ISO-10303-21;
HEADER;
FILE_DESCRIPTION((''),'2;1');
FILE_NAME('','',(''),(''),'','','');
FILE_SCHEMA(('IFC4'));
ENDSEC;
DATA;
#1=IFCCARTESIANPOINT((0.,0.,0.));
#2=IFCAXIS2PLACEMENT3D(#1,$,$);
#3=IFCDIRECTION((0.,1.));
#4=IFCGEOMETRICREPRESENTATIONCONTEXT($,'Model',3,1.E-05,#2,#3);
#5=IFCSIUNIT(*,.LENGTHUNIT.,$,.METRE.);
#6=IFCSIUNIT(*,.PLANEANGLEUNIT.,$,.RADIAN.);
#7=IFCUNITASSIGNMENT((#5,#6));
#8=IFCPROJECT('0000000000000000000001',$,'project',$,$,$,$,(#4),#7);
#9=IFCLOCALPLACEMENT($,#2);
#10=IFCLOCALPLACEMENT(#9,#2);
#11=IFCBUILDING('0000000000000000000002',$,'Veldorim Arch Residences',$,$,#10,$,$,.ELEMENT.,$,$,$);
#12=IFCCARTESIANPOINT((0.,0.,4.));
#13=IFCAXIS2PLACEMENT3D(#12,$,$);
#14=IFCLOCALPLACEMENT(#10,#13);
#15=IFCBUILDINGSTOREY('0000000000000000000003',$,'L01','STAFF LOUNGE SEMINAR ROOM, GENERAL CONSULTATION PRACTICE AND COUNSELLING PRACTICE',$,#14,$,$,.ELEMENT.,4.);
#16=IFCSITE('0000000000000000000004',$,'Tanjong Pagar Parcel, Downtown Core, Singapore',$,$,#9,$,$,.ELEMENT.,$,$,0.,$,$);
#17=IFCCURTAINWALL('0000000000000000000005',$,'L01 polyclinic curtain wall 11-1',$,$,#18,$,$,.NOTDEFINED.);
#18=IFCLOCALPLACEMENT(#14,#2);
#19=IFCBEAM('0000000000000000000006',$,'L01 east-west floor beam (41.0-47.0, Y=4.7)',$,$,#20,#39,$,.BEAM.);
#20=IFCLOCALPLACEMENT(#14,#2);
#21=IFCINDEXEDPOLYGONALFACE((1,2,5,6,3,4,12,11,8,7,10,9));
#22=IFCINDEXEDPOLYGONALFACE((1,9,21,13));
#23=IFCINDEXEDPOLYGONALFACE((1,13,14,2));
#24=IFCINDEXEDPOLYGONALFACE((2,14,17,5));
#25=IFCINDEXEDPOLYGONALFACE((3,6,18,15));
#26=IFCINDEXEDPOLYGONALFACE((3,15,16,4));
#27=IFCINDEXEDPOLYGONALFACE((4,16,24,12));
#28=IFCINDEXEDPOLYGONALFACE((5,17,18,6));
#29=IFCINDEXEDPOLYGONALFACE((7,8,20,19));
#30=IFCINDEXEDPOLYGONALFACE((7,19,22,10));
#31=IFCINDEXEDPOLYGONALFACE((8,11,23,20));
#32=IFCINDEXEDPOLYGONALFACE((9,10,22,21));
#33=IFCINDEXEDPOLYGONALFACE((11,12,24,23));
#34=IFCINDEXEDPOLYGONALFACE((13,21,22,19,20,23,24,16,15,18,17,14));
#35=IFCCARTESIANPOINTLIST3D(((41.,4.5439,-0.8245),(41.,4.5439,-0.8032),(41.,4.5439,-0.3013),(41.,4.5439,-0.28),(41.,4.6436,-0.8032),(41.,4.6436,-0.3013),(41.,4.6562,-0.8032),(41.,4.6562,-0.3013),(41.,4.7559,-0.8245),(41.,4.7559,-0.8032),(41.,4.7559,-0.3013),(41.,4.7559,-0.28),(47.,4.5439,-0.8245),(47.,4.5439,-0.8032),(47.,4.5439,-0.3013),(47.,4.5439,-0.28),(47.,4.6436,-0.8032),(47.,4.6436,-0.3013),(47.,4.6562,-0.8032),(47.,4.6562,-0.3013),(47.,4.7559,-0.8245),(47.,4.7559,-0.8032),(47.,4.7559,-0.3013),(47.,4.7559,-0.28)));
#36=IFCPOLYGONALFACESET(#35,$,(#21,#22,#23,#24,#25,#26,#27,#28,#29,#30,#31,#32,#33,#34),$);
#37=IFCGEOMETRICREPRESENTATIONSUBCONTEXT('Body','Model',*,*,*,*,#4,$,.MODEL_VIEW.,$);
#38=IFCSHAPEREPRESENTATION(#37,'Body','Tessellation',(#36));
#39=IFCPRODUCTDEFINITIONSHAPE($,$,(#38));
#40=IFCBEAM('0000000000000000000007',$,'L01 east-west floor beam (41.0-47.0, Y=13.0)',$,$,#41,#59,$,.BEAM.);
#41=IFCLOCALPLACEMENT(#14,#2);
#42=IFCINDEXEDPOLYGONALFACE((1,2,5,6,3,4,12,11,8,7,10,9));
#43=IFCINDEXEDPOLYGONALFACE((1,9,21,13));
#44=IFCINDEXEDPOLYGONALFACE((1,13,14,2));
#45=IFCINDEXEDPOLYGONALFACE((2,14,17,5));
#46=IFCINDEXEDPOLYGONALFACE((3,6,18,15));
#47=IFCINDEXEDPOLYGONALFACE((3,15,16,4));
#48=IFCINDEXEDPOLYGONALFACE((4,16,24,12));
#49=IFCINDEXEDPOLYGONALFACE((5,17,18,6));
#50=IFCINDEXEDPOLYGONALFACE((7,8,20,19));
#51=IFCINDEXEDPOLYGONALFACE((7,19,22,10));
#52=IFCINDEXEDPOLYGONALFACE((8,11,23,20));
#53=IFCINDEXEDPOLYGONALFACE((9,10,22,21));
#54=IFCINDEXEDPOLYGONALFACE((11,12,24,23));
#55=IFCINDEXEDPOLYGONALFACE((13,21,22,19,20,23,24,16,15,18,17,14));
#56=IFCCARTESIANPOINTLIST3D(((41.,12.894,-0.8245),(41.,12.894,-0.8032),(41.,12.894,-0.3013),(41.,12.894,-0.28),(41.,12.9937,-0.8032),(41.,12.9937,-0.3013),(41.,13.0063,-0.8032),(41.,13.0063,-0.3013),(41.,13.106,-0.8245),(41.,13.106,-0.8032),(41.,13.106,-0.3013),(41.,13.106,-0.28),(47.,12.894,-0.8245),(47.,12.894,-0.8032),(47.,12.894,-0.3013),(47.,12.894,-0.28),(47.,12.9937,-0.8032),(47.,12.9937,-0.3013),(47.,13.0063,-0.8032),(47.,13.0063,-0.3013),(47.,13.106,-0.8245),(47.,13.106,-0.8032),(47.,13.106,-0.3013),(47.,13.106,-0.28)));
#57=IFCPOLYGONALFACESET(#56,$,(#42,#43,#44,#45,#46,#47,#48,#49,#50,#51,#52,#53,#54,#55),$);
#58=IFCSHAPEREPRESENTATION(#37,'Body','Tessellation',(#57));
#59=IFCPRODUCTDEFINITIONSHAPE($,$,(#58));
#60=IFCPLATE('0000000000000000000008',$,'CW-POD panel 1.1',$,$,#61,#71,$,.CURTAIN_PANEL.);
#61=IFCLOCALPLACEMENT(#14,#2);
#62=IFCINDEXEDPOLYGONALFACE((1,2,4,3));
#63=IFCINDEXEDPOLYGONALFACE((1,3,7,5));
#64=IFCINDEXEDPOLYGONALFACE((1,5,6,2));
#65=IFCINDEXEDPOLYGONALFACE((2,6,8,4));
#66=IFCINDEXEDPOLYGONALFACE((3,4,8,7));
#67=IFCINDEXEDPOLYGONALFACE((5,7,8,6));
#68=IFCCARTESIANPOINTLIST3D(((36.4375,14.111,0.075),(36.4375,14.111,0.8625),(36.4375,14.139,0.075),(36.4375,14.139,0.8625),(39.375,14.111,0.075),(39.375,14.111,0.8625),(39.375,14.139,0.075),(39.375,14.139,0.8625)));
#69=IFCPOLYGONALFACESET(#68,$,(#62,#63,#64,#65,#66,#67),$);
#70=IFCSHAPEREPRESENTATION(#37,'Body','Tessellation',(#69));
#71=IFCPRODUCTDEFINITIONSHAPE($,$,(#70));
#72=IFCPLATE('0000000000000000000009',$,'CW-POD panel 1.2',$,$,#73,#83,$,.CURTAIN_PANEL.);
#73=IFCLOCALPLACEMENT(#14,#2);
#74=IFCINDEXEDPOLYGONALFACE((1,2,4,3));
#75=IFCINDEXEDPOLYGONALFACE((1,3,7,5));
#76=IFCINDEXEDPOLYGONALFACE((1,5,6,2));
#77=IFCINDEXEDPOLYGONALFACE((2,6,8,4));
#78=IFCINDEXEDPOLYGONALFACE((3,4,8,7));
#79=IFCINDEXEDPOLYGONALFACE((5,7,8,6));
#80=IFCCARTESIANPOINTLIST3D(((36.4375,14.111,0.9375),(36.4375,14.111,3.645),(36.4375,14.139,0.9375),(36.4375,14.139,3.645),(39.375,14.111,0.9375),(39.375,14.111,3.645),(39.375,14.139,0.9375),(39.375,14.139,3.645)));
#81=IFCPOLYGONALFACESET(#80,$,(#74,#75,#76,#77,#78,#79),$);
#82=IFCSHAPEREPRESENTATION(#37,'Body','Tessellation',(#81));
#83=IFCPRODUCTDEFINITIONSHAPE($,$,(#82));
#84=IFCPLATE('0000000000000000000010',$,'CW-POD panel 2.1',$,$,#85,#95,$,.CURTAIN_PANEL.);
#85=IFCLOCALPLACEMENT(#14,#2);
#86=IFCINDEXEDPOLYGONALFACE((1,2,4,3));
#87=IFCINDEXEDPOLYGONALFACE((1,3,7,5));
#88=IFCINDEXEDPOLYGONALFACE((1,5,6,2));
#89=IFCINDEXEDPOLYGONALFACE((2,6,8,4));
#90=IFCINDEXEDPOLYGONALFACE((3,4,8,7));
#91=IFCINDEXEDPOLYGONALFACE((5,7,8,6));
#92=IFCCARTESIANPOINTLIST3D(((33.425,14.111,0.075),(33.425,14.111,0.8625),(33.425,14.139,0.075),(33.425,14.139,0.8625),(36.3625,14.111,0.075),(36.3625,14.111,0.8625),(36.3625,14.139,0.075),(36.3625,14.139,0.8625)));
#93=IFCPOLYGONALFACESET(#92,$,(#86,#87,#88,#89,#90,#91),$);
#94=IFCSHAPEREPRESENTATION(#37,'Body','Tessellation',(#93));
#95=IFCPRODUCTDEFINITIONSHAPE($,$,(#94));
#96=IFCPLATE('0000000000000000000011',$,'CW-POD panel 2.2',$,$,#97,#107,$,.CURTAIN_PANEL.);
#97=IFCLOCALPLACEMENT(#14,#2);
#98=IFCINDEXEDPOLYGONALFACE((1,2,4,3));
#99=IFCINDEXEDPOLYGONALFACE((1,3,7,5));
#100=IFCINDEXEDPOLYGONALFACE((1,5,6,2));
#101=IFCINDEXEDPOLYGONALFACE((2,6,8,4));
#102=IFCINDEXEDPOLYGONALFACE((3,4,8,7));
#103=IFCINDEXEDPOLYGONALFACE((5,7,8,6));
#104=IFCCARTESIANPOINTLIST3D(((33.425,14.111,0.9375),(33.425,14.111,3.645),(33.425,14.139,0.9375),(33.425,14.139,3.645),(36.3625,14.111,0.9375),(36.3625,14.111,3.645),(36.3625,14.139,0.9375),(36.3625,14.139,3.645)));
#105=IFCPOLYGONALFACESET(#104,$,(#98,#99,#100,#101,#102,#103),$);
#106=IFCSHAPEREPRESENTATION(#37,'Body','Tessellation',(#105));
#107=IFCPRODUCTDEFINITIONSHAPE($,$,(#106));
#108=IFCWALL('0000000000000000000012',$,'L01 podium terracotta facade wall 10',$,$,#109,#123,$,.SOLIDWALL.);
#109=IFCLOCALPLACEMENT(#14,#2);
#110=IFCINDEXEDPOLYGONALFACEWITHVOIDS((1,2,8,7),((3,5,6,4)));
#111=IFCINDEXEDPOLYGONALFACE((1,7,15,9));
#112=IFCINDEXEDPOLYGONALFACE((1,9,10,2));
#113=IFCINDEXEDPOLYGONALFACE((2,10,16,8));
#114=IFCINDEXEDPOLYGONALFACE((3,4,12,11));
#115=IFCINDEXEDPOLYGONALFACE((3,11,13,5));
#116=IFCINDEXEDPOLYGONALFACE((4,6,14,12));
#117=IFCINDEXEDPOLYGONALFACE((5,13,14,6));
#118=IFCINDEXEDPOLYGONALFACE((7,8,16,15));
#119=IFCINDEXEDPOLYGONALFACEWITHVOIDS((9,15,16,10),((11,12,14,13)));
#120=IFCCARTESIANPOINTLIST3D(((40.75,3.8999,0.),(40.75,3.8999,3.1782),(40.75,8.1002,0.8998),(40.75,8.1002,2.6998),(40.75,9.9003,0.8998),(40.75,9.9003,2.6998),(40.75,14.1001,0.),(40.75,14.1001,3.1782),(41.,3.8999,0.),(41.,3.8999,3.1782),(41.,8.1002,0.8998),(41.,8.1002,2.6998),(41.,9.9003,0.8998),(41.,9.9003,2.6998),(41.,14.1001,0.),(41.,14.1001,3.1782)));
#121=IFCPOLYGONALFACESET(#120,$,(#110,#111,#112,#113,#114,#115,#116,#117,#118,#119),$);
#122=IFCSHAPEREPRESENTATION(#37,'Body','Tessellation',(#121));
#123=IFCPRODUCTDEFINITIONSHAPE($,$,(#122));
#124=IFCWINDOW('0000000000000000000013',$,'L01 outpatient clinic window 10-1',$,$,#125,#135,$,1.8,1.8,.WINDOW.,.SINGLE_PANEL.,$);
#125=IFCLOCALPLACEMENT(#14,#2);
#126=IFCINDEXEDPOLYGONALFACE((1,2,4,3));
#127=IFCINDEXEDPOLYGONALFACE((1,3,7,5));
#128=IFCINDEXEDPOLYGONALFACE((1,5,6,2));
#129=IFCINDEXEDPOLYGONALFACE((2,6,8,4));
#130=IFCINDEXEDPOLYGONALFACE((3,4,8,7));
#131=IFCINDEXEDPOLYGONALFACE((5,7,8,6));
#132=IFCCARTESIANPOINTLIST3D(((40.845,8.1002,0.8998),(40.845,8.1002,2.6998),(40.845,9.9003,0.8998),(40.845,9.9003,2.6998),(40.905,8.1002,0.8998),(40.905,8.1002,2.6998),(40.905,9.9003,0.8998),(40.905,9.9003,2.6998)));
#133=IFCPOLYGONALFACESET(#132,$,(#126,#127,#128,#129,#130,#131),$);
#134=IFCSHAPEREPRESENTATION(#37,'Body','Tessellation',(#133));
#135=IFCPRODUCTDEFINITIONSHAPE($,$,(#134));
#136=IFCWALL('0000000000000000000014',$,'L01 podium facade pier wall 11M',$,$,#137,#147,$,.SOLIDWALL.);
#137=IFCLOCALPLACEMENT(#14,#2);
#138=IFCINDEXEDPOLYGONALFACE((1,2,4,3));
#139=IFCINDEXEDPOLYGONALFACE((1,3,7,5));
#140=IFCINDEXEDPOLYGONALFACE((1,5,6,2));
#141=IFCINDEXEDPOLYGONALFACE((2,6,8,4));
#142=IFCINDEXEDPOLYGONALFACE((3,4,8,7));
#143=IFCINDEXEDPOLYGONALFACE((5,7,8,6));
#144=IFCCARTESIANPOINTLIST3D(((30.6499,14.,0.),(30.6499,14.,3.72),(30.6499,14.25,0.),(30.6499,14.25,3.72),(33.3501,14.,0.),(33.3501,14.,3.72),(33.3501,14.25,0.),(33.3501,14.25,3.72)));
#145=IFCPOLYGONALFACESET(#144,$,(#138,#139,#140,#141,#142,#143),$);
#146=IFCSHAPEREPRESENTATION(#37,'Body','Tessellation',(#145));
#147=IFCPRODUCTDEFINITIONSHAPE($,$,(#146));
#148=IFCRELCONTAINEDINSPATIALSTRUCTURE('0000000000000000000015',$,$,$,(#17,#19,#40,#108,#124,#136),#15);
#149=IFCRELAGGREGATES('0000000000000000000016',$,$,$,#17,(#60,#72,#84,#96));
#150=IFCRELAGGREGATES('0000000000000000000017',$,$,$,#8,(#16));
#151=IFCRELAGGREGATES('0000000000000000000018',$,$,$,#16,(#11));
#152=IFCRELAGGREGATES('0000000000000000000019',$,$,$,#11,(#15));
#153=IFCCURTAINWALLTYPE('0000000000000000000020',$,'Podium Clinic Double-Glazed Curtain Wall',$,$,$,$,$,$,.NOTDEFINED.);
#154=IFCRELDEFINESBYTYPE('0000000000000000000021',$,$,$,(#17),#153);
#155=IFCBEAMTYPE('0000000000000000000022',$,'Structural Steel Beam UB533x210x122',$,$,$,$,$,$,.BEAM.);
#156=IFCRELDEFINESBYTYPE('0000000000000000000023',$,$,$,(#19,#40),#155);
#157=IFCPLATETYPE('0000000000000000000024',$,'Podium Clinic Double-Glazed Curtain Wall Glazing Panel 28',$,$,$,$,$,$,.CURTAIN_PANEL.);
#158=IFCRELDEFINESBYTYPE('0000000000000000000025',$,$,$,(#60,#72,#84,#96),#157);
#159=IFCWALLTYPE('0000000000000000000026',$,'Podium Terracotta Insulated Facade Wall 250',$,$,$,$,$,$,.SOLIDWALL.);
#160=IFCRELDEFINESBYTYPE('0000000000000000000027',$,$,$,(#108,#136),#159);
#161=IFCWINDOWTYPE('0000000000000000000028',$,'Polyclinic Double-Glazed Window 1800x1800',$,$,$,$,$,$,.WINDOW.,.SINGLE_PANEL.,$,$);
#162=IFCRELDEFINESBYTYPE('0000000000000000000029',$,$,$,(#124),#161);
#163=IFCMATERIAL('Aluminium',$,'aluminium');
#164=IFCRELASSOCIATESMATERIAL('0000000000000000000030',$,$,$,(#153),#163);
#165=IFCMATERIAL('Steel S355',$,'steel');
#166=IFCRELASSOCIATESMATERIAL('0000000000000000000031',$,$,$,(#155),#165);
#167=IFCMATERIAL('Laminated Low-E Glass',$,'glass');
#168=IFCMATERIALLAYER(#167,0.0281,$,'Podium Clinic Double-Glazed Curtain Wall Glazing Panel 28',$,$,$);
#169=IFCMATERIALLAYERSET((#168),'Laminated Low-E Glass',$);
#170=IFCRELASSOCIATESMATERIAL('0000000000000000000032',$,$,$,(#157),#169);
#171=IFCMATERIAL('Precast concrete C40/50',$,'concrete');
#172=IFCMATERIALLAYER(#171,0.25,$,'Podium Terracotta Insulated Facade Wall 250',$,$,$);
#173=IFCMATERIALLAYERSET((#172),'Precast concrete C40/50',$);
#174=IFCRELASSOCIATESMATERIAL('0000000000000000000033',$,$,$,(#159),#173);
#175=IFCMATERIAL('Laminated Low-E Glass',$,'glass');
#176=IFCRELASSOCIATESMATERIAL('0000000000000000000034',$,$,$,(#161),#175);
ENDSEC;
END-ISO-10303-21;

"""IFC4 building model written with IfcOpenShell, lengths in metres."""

from ifc_helpers import new_model, si_unit, direction, frame, frame_2d, origin, origin_2d, place, context, subcontext, project, spatial, rectangle, i_section, extrude, material, layer, layer_set, material_profile, profile_set, type_object, element, fill, aggregate, save


model = new_model("IFC4")

# Units and contexts
model_context = context("Model", 3, precision=1e-05, world=origin(), true_north=direction((0.0, 1.0)))
body_context = subcontext(model_context, "Body", "Model", "MODEL_VIEW")
ifc_project = project(units=[si_unit("LENGTHUNIT", "METRE"), si_unit("PLANEANGLEUNIT", "RADIAN")], contexts=[model_context])

# Site, building, storey
site_placement = place(None, origin())
site = spatial("IfcSite", under=ifc_project, at=site_placement, Name="Tanjong Pagar Parcel, Downtown Core, Singapore", CompositionType="ELEMENT", RefElevation=0.0)
building_placement = place(site_placement, origin())
building = spatial("IfcBuilding", under=site, at=building_placement, Name="Veldorim Arch Residences", CompositionType="ELEMENT")
storey_placement = place(building_placement, frame((0.0, 0.0, 4.0)))
storey = spatial("IfcBuildingStorey", under=building, at=storey_placement, Name="L01", Description="STAFF LOUNGE SEMINAR ROOM, GENERAL CONSULTATION PRACTICE AND COUNSELLING PRACTICE", CompositionType="ELEMENT", Elevation=4.0)

# Curtain wall
ifc_material_1 = material(Name="Aluminium", Category="aluminium")
curtain_wall_type = type_object("IfcCurtainWallType", Name="Podium Clinic Double-Glazed Curtain Wall", PredefinedType="NOTDEFINED", material=ifc_material_1)
curtain_wall_1_placement = place(storey_placement, origin())
curtain_wall_1 = element("IfcCurtainWall", 1, at=curtain_wall_1_placement, inside=storey, type_object=curtain_wall_type, Name="L01 polyclinic curtain wall 11-1", PredefinedType="NOTDEFINED")

# Beams
ifc_material_2 = material(Name="Steel S355", Category="steel")
ifc_material_profile_1 = material_profile(ifc_material_2, i_section(OverallWidth=0.2119, OverallDepth=0.5444, WebThickness=0.0127, FlangeThickness=0.0212, at=origin_2d()), Name="UB533x210x122")
ifc_profile_set_1 = profile_set([ifc_material_profile_1], Name="Steel S355")
beam_type_1 = type_object("IfcBeamType", Name="Structural Steel Beam UB533x210x122", PredefinedType="BEAM", material=ifc_profile_set_1)
for number, where, z_axis, x_axis, name in (
    (2, (41.0, 4.6499, -0.5522), (1.0, 0.0, 0.0), (0.0, 1.0, 0.0), "L01 east-west floor beam (41.0-47.0, Y=4.7)"),
    (3, (41.0, 13.0, -0.5522), (1.0, 0.0, 0.0), (0.0, 1.0, 0.0), "L01 east-west floor beam (41.0-47.0, Y=13.0)"),
):
    element("IfcBeam", number, at=place(storey_placement, frame(where, z_axis=z_axis, x_axis=x_axis)), inside=storey, type_object=beam_type_1, Name=name, PredefinedType="BEAM", context=body_context, shape_type="SweptSolid", body=[
        extrude(i_section(OverallWidth=0.2119, OverallDepth=0.5444, WebThickness=0.0127, FlangeThickness=0.0212, at=origin_2d()), origin(), (0.0, 0.0, 1.0), 6.0),
    ])

# Plates
ifc_material_3 = material(Name="Laminated Low-E Glass", Category="glass")
ifc_layer_1 = layer(ifc_material_3, 0.0281, Name="Podium Clinic Double-Glazed Curtain Wall Glazing Panel 28")
ifc_layer_set_1 = layer_set([ifc_layer_1], Name="Laminated Low-E Glass")
plate_type = type_object("IfcPlateType", Name="Podium Clinic Double-Glazed Curtain Wall Glazing Panel 28", PredefinedType="CURTAIN_PANEL", material=ifc_layer_set_1)
plate_1_placement = place(storey_placement, frame((37.9062, 14.125, 0.075), z_axis=(0.0, 0.0, 1.0), x_axis=(-1.0, 0.0, 0.0)))
plate_1 = element("IfcPlate", 4, at=plate_1_placement, type_object=plate_type, Name="CW-POD panel 1.1", PredefinedType="CURTAIN_PANEL", context=body_context, shape_type="SweptSolid", body=[
    extrude(rectangle(XDim=2.9375, YDim=0.0281, at=origin_2d()), origin(), (0.0, 0.0, 1.0), 0.7876),
])
plate_2_placement = place(storey_placement, frame((37.9062, 14.125, 0.9375), z_axis=(0.0, 0.0, 1.0), x_axis=(-1.0, 0.0, 0.0)))
plate_2 = element("IfcPlate", 5, at=plate_2_placement, type_object=plate_type, Name="CW-POD panel 1.2", PredefinedType="CURTAIN_PANEL", context=body_context, shape_type="SweptSolid", body=[
    extrude(rectangle(XDim=2.9375, YDim=0.0281, at=origin_2d()), origin(), (0.0, 0.0, 1.0), 2.7075),
])
plate_3_placement = place(storey_placement, frame((34.8938, 14.125, 0.075), z_axis=(0.0, 0.0, 1.0), x_axis=(-1.0, 0.0, 0.0)))
plate_3 = element("IfcPlate", 6, at=plate_3_placement, type_object=plate_type, Name="CW-POD panel 2.1", PredefinedType="CURTAIN_PANEL", context=body_context, shape_type="SweptSolid", body=[
    extrude(rectangle(XDim=2.9375, YDim=0.0281, at=origin_2d()), origin(), (0.0, 0.0, 1.0), 0.7876),
])
plate_4_placement = place(storey_placement, frame((34.8938, 14.125, 0.9375), z_axis=(0.0, 0.0, 1.0), x_axis=(-1.0, 0.0, 0.0)))
plate_4 = element("IfcPlate", 7, at=plate_4_placement, type_object=plate_type, Name="CW-POD panel 2.2", PredefinedType="CURTAIN_PANEL", context=body_context, shape_type="SweptSolid", body=[
    extrude(rectangle(XDim=2.9375, YDim=0.0281, at=origin_2d()), origin(), (0.0, 0.0, 1.0), 2.7075),
])
aggregate(curtain_wall_1, [plate_1, plate_2, plate_3, plate_4])

# Wall, opening, window
ifc_material_4 = material(Name="Precast concrete C40/50", Category="concrete")
ifc_layer_2 = layer(ifc_material_4, 0.25, Name="Podium Terracotta Insulated Facade Wall 250")
ifc_layer_set_2 = layer_set([ifc_layer_2], Name="Precast concrete C40/50")
wall_type = type_object("IfcWallType", Name="Podium Terracotta Insulated Facade Wall 250", PredefinedType="SOLIDWALL", material=ifc_layer_set_2)
wall_1_placement = place(storey_placement, frame((40.875, 14.1001, 0.0), z_axis=(0.0, 0.0, 1.0), x_axis=(0.0, -1.0, 0.0)))
wall_1 = element("IfcWall", 8, at=wall_1_placement, inside=storey, type_object=wall_type, Name="L01 podium terracotta facade wall 10", PredefinedType="SOLIDWALL", context=body_context, shape_type="SweptSolid", body=[
    extrude(rectangle(XDim=10.2002, YDim=0.25, at=frame_2d((5.1001, 0.0))), origin(), (0.0, 0.0, 1.0), 3.1782),
])
opening_placement = place(wall_1_placement, frame((4.2, 0.0, 0.8999)))
opening = element("IfcOpeningElement", 9, at=opening_placement, cuts=wall_1, PredefinedType="OPENING", context=body_context, shape_type="SweptSolid", body=[
    extrude(rectangle(XDim=1.8, YDim=1.8, at=frame_2d((0.8999, 0.8999))), frame((0.0, 0.135, 0.0), z_axis=(0.0, -1.0, 0.0), x_axis=(1.0, 0.0, 0.0)), (0.0, 0.0, 1.0), 0.27),
])
ifc_material_5 = material(Name="Laminated Low-E Glass", Category="glass")
window_type = type_object("IfcWindowType", Name="Polyclinic Double-Glazed Window 1800x1800", PartitioningType="SINGLE_PANEL", PredefinedType="WINDOW", material=ifc_material_5)
window_placement = place(opening_placement, origin())
window = element("IfcWindow", 10, at=window_placement, inside=storey, type_object=window_type, Name="L01 outpatient clinic window 10-1", OverallHeight=1.8, OverallWidth=1.8, PartitioningType="SINGLE_PANEL", PredefinedType="WINDOW", context=body_context, shape_type="SweptSolid", body=[
    extrude(rectangle(XDim=1.8, YDim=1.8, at=frame_2d((0.8999, 0.8999))), frame((0.0, 0.03, 0.0), z_axis=(0.0, -1.0, 0.0), x_axis=(1.0, 0.0, 0.0)), (0.0, 0.0, 1.0), 0.0601),
])
fill(opening, window)

# Wall
wall_2_placement = place(storey_placement, frame((33.3501, 14.125, 0.0), z_axis=(0.0, 0.0, 1.0), x_axis=(-1.0, 0.0, 0.0)))
element("IfcWall", 11, at=wall_2_placement, inside=storey, type_object=wall_type, Name="L01 podium facade pier wall 11M", PredefinedType="SOLIDWALL", context=body_context, shape_type="SweptSolid", body=[
    extrude(rectangle(XDim=2.7002, YDim=0.25, at=frame_2d((1.3501, 0.0))), origin(), (0.0, 0.0, 1.0), 3.72),
])

save(model, "model.ifc")
